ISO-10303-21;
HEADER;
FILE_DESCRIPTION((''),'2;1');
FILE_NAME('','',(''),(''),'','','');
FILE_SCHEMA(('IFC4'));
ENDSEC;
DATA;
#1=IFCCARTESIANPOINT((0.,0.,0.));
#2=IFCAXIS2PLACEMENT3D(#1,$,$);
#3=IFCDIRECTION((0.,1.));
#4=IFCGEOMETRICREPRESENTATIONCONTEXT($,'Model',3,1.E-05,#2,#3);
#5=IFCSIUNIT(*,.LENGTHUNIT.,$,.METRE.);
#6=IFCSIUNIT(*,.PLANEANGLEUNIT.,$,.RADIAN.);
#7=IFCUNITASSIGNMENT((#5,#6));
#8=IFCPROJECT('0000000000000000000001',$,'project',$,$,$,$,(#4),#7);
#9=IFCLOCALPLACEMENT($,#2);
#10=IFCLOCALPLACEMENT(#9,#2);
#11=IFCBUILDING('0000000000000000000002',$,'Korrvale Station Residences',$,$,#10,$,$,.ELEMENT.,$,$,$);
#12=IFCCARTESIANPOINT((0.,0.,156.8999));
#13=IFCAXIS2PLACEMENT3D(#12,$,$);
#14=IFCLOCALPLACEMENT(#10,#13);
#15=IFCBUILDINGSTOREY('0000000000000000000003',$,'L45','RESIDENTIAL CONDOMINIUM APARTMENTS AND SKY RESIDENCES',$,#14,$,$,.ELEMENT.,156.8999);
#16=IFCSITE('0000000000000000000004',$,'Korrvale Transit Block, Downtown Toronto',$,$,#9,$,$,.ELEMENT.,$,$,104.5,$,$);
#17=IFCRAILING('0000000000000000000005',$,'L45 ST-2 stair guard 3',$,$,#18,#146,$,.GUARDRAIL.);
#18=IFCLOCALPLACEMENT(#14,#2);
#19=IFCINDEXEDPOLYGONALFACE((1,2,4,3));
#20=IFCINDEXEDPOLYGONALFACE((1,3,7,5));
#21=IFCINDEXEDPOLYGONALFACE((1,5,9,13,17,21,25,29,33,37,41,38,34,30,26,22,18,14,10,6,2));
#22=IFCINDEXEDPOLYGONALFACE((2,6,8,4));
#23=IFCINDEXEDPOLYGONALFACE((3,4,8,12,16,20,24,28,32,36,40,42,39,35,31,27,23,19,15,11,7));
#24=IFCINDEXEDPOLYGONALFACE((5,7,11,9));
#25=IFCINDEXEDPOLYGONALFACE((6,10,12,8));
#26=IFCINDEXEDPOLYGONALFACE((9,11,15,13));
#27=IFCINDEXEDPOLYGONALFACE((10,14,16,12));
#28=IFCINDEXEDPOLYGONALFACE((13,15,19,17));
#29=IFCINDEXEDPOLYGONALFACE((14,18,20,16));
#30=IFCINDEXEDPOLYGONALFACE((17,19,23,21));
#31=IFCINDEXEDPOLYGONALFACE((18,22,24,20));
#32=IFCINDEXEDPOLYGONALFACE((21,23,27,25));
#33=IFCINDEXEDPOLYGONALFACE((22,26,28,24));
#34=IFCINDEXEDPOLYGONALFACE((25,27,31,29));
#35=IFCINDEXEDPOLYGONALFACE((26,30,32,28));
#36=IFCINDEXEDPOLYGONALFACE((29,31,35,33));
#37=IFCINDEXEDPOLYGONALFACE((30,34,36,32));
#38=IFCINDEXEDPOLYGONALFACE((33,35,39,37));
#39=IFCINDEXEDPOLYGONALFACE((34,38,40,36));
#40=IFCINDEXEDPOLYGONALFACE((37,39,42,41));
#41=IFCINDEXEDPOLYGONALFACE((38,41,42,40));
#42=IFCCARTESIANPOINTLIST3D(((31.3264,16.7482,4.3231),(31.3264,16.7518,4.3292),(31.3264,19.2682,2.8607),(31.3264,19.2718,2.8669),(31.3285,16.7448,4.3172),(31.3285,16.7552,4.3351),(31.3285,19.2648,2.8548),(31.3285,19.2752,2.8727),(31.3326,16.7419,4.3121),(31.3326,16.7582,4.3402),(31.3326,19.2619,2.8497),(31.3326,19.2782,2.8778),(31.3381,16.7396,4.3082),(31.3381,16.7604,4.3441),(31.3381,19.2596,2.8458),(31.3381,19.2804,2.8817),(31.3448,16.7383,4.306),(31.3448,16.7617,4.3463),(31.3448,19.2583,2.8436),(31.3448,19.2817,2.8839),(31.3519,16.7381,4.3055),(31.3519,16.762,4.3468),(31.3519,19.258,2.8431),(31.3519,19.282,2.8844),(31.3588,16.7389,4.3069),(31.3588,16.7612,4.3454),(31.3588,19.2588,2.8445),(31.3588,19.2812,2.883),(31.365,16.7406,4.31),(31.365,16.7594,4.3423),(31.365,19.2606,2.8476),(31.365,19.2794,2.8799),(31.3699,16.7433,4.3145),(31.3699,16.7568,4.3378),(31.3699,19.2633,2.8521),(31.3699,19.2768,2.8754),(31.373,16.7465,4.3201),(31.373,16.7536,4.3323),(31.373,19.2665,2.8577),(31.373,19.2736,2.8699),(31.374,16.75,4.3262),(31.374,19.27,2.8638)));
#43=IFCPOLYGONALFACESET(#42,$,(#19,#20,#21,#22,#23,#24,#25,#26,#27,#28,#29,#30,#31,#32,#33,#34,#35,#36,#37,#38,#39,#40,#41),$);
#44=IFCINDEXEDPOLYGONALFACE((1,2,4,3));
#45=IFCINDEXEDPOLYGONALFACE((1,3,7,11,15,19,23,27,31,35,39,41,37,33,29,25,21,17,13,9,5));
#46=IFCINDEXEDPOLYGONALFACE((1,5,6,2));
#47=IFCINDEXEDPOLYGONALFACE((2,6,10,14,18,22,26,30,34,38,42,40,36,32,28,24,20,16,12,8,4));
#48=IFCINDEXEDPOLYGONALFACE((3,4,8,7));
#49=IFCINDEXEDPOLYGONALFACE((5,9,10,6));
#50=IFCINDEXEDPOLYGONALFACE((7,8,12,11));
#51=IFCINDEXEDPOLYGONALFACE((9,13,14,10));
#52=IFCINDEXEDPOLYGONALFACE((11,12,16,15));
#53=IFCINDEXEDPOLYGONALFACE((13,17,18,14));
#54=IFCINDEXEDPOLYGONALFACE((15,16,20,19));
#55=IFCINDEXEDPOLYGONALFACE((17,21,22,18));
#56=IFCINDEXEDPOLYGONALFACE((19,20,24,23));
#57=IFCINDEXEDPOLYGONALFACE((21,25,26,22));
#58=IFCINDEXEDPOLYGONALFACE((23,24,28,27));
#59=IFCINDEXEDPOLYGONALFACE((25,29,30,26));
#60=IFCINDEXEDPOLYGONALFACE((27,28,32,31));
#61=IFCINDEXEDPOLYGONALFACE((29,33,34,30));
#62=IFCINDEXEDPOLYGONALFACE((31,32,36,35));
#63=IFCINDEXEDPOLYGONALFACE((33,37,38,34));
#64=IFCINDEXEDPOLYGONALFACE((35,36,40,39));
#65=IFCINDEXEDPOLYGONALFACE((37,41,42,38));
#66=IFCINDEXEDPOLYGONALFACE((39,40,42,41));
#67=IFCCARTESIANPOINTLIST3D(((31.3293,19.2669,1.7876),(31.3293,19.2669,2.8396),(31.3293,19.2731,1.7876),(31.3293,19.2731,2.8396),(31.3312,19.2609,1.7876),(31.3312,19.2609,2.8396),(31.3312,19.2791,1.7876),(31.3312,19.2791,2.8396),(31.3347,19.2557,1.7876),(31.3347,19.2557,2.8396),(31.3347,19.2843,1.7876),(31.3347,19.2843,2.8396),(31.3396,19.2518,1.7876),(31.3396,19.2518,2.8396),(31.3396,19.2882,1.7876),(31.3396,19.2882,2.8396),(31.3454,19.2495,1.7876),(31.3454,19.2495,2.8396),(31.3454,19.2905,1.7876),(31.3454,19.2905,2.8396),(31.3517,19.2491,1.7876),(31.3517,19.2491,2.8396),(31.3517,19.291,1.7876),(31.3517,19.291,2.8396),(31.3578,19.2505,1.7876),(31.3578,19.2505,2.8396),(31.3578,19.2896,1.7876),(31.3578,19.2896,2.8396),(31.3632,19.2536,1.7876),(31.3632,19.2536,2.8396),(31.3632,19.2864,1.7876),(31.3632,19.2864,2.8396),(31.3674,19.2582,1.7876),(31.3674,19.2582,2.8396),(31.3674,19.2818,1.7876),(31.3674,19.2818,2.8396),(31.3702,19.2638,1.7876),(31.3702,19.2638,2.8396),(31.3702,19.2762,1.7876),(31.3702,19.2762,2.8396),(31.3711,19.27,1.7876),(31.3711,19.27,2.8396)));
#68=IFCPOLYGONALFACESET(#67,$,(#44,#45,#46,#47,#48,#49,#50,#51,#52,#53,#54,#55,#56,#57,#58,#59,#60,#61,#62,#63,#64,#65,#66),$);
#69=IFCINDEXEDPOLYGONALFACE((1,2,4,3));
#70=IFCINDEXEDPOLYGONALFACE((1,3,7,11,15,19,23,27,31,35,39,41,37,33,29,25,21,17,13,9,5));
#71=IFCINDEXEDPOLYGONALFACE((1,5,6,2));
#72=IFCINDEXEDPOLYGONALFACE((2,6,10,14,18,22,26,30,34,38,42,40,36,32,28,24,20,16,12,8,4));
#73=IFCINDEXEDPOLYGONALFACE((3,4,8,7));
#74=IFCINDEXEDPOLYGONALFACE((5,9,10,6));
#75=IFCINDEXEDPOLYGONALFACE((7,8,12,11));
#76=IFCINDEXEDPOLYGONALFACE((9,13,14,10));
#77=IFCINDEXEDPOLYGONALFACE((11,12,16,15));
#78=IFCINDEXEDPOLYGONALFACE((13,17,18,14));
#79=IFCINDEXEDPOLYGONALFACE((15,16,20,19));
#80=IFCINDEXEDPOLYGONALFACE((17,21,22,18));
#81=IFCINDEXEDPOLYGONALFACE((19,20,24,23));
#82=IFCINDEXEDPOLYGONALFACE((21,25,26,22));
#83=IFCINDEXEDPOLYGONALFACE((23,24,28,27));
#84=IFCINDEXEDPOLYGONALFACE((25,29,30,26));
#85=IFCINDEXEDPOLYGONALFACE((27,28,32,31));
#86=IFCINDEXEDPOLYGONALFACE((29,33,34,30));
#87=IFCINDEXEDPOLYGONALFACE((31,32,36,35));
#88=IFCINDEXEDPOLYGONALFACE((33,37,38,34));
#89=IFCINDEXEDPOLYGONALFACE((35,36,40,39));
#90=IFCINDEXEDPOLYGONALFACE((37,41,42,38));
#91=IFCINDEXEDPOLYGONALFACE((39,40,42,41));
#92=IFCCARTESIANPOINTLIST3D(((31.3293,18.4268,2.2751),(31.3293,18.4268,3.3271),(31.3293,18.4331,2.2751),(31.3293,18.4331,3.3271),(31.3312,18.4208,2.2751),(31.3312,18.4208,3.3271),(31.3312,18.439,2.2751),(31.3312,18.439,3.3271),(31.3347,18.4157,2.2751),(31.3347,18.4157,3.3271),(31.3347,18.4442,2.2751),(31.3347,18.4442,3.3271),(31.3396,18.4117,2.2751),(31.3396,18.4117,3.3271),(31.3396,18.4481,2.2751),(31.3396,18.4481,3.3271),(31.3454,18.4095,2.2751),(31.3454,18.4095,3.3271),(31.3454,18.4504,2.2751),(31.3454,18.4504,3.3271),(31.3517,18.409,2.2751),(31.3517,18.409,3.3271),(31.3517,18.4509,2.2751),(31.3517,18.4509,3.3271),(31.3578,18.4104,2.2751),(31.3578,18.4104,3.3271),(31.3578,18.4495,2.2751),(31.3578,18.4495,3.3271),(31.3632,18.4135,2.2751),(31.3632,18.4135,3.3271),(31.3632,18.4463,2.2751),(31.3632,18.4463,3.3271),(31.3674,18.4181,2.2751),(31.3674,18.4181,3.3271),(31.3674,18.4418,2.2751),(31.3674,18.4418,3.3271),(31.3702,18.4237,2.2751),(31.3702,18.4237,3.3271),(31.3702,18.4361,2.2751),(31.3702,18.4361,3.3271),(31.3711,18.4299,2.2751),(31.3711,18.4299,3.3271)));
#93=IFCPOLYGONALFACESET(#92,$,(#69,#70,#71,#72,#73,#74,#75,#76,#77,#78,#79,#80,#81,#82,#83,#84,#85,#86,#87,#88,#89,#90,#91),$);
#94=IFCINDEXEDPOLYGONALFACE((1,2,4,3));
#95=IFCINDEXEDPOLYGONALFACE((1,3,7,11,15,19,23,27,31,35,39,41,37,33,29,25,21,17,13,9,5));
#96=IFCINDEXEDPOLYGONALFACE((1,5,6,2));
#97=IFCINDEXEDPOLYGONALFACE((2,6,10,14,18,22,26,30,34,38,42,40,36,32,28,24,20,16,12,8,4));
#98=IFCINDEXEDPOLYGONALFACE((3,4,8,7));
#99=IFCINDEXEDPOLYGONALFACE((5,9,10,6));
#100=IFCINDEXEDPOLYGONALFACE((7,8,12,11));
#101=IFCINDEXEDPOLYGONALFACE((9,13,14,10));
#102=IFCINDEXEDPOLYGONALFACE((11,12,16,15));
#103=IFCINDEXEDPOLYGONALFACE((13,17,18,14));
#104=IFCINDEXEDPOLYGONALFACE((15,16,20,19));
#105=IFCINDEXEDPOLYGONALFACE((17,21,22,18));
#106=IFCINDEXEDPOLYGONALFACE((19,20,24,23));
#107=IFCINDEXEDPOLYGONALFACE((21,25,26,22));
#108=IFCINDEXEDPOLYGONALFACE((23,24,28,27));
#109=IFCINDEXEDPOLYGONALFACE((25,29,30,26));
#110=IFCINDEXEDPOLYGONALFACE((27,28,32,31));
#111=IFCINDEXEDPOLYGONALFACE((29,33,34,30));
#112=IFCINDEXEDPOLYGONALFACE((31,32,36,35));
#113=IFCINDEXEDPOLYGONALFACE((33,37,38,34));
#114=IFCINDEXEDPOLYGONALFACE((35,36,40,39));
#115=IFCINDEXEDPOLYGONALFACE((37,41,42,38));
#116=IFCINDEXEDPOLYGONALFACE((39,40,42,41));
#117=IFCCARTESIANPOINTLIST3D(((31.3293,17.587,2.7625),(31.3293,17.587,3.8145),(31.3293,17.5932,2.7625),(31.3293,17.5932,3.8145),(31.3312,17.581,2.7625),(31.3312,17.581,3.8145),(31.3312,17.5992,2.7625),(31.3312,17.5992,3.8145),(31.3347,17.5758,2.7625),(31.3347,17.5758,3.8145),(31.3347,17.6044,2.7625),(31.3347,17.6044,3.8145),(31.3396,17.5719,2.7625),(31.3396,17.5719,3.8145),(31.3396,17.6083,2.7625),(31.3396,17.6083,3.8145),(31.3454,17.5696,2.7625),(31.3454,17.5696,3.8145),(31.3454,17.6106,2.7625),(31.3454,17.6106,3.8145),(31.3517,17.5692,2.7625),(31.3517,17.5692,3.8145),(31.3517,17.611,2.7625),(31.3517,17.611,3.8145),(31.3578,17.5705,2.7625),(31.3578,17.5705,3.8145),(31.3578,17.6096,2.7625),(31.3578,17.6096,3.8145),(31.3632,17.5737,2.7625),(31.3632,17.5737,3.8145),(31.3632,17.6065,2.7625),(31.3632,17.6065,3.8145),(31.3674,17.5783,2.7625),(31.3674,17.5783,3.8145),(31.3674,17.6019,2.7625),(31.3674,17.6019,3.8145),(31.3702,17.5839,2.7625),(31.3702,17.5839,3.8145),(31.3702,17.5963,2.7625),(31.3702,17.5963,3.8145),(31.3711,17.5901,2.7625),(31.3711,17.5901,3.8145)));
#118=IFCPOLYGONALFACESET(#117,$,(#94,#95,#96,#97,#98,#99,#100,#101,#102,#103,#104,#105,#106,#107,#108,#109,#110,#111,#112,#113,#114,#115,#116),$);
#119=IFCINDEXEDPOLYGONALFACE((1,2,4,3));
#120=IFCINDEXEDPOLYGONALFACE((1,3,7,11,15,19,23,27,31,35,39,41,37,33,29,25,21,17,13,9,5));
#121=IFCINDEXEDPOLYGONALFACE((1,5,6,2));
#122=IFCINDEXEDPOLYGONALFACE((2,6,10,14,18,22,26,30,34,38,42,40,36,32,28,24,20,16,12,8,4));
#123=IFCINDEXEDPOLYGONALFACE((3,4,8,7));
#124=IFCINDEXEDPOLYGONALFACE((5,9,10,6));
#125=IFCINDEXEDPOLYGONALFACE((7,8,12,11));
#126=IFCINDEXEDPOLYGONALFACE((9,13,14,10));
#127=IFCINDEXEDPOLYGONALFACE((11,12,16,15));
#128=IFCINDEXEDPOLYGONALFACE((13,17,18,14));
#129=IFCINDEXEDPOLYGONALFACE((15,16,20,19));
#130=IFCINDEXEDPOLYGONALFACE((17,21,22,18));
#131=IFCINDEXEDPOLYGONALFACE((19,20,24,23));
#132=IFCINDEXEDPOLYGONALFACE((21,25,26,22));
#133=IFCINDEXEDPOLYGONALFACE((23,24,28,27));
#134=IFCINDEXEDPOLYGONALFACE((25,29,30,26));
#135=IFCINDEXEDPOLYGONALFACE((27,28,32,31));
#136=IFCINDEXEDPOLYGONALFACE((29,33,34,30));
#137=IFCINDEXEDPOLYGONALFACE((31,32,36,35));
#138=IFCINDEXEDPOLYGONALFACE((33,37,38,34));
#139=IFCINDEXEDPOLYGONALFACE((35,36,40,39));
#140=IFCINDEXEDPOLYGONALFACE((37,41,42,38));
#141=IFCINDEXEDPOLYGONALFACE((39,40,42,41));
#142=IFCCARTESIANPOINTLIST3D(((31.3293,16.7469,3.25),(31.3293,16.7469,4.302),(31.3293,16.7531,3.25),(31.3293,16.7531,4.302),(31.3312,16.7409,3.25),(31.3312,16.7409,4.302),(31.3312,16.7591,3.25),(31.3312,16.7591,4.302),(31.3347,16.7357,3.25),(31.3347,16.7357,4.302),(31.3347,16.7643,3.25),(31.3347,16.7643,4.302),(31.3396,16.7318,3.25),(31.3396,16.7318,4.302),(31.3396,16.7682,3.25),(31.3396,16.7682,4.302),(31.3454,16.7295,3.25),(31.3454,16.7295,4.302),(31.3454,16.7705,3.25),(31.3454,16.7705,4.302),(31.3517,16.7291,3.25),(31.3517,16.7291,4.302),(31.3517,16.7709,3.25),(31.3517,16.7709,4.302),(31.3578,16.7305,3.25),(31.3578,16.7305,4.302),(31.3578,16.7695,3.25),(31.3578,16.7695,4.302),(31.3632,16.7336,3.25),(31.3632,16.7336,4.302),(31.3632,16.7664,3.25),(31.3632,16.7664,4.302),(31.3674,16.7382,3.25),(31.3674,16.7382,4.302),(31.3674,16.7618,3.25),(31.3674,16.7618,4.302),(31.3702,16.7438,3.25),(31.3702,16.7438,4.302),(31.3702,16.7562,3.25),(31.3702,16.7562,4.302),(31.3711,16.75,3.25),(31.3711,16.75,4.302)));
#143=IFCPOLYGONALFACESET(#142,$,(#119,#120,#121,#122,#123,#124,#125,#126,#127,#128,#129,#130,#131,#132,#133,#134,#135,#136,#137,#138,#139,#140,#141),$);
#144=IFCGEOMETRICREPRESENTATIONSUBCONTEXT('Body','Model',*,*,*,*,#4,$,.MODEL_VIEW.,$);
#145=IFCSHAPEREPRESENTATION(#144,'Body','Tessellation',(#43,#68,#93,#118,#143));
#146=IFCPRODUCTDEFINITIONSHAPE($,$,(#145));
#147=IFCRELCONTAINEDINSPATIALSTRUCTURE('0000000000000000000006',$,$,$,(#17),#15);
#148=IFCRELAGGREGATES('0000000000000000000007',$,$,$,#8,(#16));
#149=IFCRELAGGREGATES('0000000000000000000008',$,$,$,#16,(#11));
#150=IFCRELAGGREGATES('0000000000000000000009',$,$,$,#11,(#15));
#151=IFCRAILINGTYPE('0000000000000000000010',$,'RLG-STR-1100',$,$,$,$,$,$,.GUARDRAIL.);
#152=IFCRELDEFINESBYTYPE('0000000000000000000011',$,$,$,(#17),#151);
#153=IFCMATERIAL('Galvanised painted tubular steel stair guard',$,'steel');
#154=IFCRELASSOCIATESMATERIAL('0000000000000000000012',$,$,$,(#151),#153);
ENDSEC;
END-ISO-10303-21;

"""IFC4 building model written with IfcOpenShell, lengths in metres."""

from ifc_helpers import new_model, si_unit, direction, frame, origin, origin_2d, place, context, subcontext, project, spatial, circle, extrude, material, type_object, element, save


model = new_model("IFC4")

# Units and contexts
model_context = context("Model", 3, precision=1e-05, world=origin(), true_north=direction((0.0, 1.0)))
body_context = subcontext(model_context, "Body", "Model", "MODEL_VIEW")
ifc_project = project(units=[si_unit("LENGTHUNIT", "METRE"), si_unit("PLANEANGLEUNIT", "RADIAN")], contexts=[model_context])

# Site, building, storey
site_placement = place(None, origin())
site = spatial("IfcSite", under=ifc_project, at=site_placement, Name="Korrvale Transit Block, Downtown Toronto", CompositionType="ELEMENT", RefElevation=104.5)
building_placement = place(site_placement, origin())
building = spatial("IfcBuilding", under=site, at=building_placement, Name="Korrvale Station Residences", CompositionType="ELEMENT")
storey_placement = place(building_placement, frame((0.0, 0.0, 156.8999)))
storey = spatial("IfcBuildingStorey", under=building, at=storey_placement, Name="L45", Description="RESIDENTIAL CONDOMINIUM APARTMENTS AND SKY RESIDENCES", CompositionType="ELEMENT", Elevation=156.8999)

# Railing
ifc_material_1 = material(Name="Galvanised painted tubular steel stair guard", Category="steel")
railing_type_1 = type_object("IfcRailingType", Name="RLG-STR-1100", PredefinedType="GUARDRAIL", material=ifc_material_1)
railing_1_placement = place(storey_placement, frame((31.3501, 19.27, 1.7876)))
element("IfcRailing", 1, at=railing_1_placement, inside=storey, type_object=railing_type_1, Name="L45 ST-2 stair guard 3", PredefinedType="GUARDRAIL", context=body_context, shape_type="SweptSolid", body=[
    extrude(circle(Radius=0.0239, at=origin_2d()), frame((0.0, 0.0, 1.0762), z_axis=(0.0, -0.864913, 0.501921), x_axis=(1.0, 0.0, 0.0)), (0.0, 0.0, 1.0), 2.9136),
    extrude(circle(Radius=0.021, at=origin_2d()), origin(), (0.0, 0.0, 1.0), 1.052),
    extrude(circle(Radius=0.021, at=origin_2d()), frame((0.0, -0.8401, 0.4875)), (0.0, 0.0, 1.0), 1.052),
    extrude(circle(Radius=0.021, at=origin_2d()), frame((0.0, -1.6799, 0.9749)), (0.0, 0.0, 1.0), 1.052),
    extrude(circle(Radius=0.021, at=origin_2d()), frame((0.0, -2.52, 1.4624)), (0.0, 0.0, 1.0), 1.052),
])

save(model, "model.ifc")
